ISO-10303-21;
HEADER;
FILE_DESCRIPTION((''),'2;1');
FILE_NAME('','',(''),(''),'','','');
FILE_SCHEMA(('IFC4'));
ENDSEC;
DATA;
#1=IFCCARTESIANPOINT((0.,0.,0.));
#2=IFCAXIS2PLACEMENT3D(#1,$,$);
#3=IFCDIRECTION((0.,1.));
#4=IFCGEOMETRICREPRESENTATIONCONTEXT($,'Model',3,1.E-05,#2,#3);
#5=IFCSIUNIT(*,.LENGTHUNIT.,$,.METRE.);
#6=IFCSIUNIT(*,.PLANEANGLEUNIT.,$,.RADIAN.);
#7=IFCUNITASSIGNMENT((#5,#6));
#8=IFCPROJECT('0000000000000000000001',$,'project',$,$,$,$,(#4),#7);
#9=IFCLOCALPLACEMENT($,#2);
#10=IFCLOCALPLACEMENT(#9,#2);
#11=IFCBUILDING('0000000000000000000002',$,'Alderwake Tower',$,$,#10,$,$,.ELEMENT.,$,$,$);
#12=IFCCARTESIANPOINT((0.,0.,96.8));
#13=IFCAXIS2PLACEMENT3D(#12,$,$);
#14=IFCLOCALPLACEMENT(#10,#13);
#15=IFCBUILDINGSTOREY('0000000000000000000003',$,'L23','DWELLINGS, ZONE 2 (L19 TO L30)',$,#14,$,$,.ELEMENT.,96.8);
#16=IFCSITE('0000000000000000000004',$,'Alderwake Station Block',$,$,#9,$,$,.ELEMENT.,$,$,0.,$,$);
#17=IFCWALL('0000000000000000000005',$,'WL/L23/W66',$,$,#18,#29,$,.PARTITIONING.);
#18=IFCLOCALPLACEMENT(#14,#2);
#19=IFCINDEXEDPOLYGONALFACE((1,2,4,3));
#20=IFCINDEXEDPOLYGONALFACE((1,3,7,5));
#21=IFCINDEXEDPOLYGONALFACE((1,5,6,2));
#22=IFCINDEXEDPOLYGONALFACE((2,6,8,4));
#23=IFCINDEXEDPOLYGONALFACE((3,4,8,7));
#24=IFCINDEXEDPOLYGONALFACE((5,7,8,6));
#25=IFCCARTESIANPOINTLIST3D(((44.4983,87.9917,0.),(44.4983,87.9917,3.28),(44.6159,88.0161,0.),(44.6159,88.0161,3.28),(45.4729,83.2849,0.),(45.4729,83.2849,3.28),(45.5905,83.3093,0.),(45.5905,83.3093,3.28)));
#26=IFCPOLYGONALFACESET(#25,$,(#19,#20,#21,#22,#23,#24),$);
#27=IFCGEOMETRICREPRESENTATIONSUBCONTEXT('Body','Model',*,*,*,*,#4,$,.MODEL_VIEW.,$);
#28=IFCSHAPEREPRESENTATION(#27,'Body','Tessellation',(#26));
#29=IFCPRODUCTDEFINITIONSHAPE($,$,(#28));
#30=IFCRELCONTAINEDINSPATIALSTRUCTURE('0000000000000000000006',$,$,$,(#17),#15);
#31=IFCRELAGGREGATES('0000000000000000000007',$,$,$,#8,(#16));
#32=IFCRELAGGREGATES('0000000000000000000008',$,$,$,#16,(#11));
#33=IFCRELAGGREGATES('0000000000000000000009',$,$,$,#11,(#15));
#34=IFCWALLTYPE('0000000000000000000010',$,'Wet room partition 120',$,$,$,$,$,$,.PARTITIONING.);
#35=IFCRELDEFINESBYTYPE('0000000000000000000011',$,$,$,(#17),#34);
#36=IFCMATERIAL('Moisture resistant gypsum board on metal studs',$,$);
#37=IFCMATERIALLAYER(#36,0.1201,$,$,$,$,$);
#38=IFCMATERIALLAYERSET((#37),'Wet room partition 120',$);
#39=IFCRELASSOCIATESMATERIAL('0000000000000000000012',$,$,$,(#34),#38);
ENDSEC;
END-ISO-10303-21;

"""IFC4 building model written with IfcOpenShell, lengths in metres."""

from ifc_helpers import new_model, si_unit, direction, frame, frame_2d, origin, place, context, subcontext, project, spatial, rectangle, extrude, material, layer, layer_set, type_object, element, save


model = new_model("IFC4")

# Units and contexts
model_context = context("Model", 3, precision=1e-05, world=origin(), true_north=direction((0.0, 1.0)))
body_context = subcontext(model_context, "Body", "Model", "MODEL_VIEW")
ifc_project = project(units=[si_unit("LENGTHUNIT", "METRE"), si_unit("PLANEANGLEUNIT", "RADIAN")], contexts=[model_context])

# Site, building, storey
site_placement = place(None, origin())
site = spatial("IfcSite", under=ifc_project, at=site_placement, Name="Alderwake Station Block", CompositionType="ELEMENT", RefElevation=0.0)
building_placement = place(site_placement, origin())
building = spatial("IfcBuilding", under=site, at=building_placement, Name="Alderwake Tower", CompositionType="ELEMENT")
storey_placement = place(building_placement, frame((0.0, 0.0, 96.8)))
storey = spatial("IfcBuildingStorey", under=building, at=storey_placement, Name="L23", Description="DWELLINGS, ZONE 2 (L19 TO L30)", CompositionType="ELEMENT", Elevation=96.8)

# Shared definitions
ifc_material_1 = material(Name="Moisture resistant gypsum board on metal studs")
ifc_layer_1 = layer(ifc_material_1, 0.1201)
ifc_layer_set_1 = layer_set([ifc_layer_1], Name="Wet room partition 120")
wall_type_1 = type_object("IfcWallType", Name="Wet room partition 120", PredefinedType="PARTITIONING", material=ifc_layer_set_1)

# Wall
wall_1_placement = place(storey_placement, frame((45.5317, 83.2971, 0.0), z_axis=(0.0, 0.0, 1.0), x_axis=(-0.202763, 0.979228, 0.0)))
element("IfcWall", 1, at=wall_1_placement, inside=storey, type_object=wall_type_1, Name="WL/L23/W66", PredefinedType="PARTITIONING", context=body_context, shape_type="SweptSolid", body=[
    extrude(rectangle(XDim=4.8066, YDim=0.1201, at=frame_2d((2.4033, 0.0))), origin(), (0.0, 0.0, 1.0), 3.28),
])

save(model, "model.ifc")
